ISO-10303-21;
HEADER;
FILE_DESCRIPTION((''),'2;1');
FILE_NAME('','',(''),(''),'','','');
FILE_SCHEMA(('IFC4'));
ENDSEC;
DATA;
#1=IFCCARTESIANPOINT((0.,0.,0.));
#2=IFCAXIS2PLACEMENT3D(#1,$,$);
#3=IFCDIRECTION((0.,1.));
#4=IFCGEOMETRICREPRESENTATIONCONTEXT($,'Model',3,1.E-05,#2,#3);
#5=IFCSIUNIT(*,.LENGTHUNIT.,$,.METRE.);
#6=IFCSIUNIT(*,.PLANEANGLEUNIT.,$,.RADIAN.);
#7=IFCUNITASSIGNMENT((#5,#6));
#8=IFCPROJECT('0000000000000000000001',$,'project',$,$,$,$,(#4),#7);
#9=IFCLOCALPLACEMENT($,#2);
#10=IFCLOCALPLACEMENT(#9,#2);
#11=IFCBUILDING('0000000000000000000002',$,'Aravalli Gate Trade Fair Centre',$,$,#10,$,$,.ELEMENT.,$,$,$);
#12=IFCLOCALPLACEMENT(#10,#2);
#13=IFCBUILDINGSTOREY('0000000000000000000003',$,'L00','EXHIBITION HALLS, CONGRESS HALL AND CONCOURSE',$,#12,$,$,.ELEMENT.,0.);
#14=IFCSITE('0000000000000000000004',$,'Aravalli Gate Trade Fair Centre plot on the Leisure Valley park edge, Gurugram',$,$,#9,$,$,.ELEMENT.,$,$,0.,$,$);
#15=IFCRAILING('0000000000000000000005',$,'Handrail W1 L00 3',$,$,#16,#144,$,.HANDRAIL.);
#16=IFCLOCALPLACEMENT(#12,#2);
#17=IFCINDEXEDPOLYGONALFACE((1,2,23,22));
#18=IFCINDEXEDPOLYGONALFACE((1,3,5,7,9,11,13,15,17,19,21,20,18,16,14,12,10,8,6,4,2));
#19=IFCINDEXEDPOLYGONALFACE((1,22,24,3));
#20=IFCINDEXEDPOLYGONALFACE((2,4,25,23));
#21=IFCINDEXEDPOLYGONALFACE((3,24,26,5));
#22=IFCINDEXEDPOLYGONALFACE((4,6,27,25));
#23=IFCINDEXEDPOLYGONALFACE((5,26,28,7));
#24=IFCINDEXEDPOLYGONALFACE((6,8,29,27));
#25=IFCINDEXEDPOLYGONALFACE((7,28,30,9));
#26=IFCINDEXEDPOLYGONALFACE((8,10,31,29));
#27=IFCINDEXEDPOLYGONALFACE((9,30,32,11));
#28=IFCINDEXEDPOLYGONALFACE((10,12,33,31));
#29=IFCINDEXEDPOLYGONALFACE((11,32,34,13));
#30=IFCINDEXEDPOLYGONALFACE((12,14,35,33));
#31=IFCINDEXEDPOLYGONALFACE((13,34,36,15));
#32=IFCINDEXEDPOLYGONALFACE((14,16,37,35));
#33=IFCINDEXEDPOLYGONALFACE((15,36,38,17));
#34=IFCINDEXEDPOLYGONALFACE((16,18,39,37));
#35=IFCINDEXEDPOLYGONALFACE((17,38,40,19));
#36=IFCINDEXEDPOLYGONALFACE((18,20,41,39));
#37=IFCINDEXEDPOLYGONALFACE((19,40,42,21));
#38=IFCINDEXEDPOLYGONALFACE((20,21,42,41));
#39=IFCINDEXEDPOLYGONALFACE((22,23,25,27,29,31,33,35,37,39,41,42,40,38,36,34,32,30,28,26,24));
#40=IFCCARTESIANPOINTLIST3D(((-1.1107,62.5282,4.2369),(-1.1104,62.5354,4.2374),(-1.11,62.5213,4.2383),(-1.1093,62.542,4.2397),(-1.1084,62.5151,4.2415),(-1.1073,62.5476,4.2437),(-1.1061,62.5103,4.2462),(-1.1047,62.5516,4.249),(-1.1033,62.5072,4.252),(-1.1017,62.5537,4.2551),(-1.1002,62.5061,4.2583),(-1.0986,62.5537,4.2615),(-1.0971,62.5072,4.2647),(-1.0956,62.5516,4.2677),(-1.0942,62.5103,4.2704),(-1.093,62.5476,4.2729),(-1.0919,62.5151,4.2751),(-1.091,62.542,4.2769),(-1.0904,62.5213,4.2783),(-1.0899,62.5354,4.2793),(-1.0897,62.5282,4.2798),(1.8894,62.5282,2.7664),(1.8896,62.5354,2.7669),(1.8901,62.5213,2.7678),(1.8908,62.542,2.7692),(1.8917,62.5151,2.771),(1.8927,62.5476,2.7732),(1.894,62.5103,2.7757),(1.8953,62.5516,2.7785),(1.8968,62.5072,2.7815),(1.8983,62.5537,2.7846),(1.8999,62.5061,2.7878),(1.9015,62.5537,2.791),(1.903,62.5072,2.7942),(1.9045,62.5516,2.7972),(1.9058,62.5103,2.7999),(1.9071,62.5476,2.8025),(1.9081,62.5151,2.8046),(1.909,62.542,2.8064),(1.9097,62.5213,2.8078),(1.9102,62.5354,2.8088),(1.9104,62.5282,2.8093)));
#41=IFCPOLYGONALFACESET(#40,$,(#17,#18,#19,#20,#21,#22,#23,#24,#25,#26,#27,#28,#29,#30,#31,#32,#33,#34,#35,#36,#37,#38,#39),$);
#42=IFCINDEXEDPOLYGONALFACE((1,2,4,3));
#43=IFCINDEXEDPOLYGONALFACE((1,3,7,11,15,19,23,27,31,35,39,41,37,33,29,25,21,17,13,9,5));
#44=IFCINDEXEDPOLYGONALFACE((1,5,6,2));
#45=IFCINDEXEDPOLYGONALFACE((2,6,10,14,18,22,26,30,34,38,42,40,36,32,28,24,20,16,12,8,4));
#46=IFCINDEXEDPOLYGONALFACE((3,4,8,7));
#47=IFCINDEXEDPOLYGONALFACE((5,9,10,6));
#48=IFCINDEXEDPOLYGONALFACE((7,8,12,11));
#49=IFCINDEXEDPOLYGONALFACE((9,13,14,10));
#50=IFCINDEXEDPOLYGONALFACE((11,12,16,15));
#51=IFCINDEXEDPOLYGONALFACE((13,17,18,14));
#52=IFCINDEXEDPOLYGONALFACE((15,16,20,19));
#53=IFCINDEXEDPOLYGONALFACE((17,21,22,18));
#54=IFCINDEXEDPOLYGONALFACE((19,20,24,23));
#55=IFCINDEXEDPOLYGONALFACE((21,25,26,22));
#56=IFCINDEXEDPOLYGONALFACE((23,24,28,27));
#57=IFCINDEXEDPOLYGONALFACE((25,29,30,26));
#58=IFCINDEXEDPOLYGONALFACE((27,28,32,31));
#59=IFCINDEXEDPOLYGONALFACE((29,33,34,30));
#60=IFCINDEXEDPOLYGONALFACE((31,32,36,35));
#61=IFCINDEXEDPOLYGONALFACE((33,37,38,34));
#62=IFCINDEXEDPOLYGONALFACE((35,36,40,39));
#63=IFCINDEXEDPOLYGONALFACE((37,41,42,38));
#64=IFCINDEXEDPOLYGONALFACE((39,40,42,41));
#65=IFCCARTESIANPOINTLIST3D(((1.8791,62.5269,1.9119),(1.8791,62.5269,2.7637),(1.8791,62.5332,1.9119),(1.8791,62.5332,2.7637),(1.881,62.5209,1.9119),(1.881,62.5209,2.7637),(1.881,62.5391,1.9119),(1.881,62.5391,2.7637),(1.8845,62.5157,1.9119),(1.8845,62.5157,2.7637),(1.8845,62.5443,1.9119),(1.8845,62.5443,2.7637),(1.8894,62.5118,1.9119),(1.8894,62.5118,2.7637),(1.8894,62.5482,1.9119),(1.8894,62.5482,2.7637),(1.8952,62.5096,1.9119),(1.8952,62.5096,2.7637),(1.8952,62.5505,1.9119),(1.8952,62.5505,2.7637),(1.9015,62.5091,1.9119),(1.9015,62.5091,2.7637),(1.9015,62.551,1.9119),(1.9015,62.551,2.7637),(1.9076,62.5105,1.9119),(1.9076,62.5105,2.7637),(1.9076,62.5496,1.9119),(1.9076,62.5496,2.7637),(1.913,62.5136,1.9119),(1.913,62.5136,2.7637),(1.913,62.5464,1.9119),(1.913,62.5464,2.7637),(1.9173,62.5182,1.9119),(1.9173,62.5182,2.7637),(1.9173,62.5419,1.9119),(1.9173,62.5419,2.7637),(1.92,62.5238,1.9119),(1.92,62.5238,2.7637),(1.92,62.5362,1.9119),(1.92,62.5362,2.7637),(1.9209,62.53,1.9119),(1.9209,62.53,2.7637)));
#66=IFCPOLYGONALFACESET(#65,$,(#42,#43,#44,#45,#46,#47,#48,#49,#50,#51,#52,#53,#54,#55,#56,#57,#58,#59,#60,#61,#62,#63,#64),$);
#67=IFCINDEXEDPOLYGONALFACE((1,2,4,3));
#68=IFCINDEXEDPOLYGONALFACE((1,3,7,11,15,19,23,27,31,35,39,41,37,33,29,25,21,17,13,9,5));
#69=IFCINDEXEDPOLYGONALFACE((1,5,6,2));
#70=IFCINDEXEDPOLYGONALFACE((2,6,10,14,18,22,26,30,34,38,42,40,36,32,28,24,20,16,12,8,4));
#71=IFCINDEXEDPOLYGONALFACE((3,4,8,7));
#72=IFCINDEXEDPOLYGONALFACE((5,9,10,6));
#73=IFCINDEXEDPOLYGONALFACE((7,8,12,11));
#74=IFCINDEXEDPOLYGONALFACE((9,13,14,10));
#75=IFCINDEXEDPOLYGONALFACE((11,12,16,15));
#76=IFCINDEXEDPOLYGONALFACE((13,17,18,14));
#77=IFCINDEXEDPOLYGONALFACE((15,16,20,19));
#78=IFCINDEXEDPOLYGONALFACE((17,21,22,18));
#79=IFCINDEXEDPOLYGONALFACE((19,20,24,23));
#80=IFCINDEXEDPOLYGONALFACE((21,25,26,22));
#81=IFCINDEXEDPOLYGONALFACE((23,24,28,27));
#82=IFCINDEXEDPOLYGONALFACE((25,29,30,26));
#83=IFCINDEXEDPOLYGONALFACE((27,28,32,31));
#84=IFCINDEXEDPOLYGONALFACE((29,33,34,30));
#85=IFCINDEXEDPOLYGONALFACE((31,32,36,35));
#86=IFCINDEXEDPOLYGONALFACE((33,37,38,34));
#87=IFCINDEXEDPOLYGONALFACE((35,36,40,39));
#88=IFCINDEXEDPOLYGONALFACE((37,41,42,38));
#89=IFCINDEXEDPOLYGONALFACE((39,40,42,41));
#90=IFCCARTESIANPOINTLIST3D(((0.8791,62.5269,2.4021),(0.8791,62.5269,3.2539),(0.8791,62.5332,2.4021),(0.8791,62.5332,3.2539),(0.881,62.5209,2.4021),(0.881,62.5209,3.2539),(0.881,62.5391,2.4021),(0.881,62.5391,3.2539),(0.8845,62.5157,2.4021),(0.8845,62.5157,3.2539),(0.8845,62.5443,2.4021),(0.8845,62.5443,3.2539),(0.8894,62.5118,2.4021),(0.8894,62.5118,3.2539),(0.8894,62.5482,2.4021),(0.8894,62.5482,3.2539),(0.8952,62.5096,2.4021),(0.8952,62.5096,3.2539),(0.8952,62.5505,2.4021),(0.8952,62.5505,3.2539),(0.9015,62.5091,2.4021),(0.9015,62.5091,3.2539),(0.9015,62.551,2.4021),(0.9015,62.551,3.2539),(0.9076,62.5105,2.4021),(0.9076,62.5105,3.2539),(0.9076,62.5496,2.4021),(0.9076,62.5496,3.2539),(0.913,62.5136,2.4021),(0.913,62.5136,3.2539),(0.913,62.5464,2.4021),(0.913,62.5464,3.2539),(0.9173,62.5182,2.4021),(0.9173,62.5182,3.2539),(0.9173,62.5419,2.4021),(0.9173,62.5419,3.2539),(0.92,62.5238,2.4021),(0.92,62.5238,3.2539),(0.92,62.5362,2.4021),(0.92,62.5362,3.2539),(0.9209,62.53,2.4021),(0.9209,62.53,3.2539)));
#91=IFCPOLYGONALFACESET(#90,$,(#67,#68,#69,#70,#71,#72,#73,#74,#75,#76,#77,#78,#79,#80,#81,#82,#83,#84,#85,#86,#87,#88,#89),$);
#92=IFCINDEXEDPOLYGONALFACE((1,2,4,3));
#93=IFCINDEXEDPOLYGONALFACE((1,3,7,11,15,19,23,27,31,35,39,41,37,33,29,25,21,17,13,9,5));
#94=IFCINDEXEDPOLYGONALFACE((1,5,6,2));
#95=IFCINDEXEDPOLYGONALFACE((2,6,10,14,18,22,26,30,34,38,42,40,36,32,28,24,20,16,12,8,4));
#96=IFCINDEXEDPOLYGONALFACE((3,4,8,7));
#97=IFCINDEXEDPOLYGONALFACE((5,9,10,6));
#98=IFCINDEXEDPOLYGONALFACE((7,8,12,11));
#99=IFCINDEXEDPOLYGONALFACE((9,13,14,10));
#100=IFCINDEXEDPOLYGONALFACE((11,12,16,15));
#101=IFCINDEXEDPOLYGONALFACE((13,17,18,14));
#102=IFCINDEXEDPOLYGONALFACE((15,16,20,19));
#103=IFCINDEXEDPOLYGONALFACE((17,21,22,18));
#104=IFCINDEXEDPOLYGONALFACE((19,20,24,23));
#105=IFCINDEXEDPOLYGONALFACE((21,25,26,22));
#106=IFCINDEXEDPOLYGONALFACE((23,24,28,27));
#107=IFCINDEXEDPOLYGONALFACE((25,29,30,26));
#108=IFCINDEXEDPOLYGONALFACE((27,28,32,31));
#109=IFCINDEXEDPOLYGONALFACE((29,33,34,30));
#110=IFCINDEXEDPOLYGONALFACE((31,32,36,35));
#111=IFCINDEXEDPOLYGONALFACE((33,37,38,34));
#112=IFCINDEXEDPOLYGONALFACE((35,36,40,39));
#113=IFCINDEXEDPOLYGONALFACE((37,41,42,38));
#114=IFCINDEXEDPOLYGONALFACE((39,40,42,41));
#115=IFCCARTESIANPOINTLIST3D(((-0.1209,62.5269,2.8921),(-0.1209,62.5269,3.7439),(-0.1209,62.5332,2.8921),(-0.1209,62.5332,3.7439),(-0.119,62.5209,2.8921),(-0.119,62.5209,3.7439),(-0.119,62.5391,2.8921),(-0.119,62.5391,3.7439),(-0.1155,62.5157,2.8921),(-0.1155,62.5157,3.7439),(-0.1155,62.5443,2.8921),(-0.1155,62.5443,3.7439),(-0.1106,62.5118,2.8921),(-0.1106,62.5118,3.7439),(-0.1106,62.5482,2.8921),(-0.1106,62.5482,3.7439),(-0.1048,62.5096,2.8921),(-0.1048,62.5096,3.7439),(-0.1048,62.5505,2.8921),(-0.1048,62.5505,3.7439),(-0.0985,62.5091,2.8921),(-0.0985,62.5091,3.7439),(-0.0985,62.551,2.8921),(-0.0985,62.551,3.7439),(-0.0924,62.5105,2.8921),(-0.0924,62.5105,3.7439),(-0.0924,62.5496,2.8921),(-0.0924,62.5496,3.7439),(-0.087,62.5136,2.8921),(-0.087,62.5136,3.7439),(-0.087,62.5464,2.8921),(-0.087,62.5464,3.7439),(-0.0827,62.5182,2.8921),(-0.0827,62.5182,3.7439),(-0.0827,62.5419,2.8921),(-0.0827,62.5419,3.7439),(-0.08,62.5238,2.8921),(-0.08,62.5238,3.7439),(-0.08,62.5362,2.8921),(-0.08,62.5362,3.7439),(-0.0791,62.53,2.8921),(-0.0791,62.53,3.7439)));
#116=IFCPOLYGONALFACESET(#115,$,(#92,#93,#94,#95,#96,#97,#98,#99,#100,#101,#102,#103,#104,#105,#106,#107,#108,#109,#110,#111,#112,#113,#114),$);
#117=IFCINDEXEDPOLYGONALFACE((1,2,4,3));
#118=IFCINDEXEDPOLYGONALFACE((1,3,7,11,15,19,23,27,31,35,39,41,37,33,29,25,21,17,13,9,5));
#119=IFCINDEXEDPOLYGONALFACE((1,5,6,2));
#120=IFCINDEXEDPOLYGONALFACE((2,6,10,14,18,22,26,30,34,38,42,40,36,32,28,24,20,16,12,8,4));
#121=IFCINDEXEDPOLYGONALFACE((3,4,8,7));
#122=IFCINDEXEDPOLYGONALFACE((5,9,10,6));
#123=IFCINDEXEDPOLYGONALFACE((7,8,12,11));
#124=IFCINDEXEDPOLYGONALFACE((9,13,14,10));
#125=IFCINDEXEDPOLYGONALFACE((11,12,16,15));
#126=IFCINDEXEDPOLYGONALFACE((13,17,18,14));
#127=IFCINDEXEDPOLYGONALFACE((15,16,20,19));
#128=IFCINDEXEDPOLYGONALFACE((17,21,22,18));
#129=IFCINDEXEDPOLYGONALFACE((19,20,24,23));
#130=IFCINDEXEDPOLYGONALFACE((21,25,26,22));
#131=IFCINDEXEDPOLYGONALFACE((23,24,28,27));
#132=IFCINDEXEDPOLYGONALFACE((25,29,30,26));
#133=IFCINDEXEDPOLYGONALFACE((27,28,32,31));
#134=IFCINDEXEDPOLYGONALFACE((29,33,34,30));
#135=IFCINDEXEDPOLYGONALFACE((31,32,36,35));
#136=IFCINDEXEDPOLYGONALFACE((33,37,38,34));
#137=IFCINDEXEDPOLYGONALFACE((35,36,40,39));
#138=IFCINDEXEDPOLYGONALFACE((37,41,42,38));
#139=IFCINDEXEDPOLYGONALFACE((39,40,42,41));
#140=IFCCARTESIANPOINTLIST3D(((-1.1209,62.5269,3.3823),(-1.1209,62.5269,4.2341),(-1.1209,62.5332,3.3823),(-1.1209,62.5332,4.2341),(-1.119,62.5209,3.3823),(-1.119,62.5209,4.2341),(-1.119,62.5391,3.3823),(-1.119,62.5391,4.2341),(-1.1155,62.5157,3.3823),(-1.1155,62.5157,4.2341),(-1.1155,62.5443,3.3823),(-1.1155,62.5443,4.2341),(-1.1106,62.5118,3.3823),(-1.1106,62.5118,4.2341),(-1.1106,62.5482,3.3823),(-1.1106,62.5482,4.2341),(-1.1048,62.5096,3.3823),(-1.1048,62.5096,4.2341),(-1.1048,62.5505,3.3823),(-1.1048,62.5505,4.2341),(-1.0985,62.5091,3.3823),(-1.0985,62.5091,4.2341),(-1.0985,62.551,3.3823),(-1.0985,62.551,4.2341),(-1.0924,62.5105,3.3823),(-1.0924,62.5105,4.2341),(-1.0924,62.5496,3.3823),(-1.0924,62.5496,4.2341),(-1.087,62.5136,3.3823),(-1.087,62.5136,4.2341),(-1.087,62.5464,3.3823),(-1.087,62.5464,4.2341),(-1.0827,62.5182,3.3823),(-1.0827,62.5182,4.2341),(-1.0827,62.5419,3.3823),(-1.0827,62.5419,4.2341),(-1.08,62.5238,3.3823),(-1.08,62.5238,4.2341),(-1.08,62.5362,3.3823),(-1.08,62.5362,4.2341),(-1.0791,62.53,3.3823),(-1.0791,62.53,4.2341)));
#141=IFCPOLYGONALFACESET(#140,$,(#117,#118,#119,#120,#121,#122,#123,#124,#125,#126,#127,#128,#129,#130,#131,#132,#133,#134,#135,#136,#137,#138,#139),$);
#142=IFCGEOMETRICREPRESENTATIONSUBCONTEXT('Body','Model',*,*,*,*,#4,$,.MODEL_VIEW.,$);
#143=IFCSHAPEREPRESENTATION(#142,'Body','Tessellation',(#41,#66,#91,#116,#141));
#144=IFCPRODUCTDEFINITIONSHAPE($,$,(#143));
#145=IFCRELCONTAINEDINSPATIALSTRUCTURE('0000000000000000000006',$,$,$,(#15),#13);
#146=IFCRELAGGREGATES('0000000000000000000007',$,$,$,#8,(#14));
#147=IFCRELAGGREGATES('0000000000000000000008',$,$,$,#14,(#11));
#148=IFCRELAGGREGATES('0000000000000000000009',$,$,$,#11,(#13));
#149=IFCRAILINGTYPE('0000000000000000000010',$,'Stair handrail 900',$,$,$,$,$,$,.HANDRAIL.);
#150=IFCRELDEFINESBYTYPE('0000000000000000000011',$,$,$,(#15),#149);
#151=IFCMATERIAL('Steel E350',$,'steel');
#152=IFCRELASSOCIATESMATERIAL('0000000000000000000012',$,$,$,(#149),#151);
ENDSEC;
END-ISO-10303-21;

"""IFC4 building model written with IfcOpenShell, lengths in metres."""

from ifc_helpers import new_model, si_unit, direction, frame, origin, origin_2d, place, context, subcontext, project, spatial, circle, extrude, material, type_object, element, save


model = new_model("IFC4")

# Units and contexts
model_context = context("Model", 3, precision=1e-05, world=origin(), true_north=direction((0.0, 1.0)))
body_context = subcontext(model_context, "Body", "Model", "MODEL_VIEW")
ifc_project = project(units=[si_unit("LENGTHUNIT", "METRE"), si_unit("PLANEANGLEUNIT", "RADIAN")], contexts=[model_context])

# Site, building, storey
site_placement = place(None, origin())
site = spatial("IfcSite", under=ifc_project, at=site_placement, Name="Aravalli Gate Trade Fair Centre plot on the Leisure Valley park edge, Gurugram", CompositionType="ELEMENT", RefElevation=0.0)
building_placement = place(site_placement, origin())
building = spatial("IfcBuilding", under=site, at=building_placement, Name="Aravalli Gate Trade Fair Centre", CompositionType="ELEMENT")
storey_placement = place(building_placement, origin())
storey = spatial("IfcBuildingStorey", under=building, at=storey_placement, Name="L00", Description="EXHIBITION HALLS, CONGRESS HALL AND CONCOURSE", CompositionType="ELEMENT", Elevation=0.0)

# Railing
ifc_material_1 = material(Name="Steel E350", Category="steel")
railing_type = type_object("IfcRailingType", Name="Stair handrail 900", PredefinedType="HANDRAIL", material=ifc_material_1)
for number, where, name in (
    (1, (1.8999, 62.53, 1.9119), "Handrail W1 L00 3"),
):
    element("IfcRailing", number, at=place(storey_placement, frame(where)), inside=storey, type_object=railing_type, Name=name, PredefinedType="HANDRAIL", context=body_context, shape_type="SweptSolid", body=[
        extrude(circle(Radius=0.0239, at=origin_2d()), frame((0.0, 0.0, 0.876), z_axis=(-0.897936, 0.0, 0.440126), x_axis=(0.0, -1.0, 0.0)), (0.0, 0.0, 1.0), 3.3411),
        extrude(circle(Radius=0.021, at=origin_2d()), origin(), (0.0, 0.0, 1.0), 0.8518),
        extrude(circle(Radius=0.021, at=origin_2d()), frame((-1.0, 0.0, 0.4902)), (0.0, 0.0, 1.0), 0.8518),
        extrude(circle(Radius=0.021, at=origin_2d()), frame((-2.0, 0.0, 0.9802)), (0.0, 0.0, 1.0), 0.8518),
        extrude(circle(Radius=0.021, at=origin_2d()), frame((-3.0, 0.0, 1.4705)), (0.0, 0.0, 1.0), 0.8518),
    ])

save(model, "model.ifc")
